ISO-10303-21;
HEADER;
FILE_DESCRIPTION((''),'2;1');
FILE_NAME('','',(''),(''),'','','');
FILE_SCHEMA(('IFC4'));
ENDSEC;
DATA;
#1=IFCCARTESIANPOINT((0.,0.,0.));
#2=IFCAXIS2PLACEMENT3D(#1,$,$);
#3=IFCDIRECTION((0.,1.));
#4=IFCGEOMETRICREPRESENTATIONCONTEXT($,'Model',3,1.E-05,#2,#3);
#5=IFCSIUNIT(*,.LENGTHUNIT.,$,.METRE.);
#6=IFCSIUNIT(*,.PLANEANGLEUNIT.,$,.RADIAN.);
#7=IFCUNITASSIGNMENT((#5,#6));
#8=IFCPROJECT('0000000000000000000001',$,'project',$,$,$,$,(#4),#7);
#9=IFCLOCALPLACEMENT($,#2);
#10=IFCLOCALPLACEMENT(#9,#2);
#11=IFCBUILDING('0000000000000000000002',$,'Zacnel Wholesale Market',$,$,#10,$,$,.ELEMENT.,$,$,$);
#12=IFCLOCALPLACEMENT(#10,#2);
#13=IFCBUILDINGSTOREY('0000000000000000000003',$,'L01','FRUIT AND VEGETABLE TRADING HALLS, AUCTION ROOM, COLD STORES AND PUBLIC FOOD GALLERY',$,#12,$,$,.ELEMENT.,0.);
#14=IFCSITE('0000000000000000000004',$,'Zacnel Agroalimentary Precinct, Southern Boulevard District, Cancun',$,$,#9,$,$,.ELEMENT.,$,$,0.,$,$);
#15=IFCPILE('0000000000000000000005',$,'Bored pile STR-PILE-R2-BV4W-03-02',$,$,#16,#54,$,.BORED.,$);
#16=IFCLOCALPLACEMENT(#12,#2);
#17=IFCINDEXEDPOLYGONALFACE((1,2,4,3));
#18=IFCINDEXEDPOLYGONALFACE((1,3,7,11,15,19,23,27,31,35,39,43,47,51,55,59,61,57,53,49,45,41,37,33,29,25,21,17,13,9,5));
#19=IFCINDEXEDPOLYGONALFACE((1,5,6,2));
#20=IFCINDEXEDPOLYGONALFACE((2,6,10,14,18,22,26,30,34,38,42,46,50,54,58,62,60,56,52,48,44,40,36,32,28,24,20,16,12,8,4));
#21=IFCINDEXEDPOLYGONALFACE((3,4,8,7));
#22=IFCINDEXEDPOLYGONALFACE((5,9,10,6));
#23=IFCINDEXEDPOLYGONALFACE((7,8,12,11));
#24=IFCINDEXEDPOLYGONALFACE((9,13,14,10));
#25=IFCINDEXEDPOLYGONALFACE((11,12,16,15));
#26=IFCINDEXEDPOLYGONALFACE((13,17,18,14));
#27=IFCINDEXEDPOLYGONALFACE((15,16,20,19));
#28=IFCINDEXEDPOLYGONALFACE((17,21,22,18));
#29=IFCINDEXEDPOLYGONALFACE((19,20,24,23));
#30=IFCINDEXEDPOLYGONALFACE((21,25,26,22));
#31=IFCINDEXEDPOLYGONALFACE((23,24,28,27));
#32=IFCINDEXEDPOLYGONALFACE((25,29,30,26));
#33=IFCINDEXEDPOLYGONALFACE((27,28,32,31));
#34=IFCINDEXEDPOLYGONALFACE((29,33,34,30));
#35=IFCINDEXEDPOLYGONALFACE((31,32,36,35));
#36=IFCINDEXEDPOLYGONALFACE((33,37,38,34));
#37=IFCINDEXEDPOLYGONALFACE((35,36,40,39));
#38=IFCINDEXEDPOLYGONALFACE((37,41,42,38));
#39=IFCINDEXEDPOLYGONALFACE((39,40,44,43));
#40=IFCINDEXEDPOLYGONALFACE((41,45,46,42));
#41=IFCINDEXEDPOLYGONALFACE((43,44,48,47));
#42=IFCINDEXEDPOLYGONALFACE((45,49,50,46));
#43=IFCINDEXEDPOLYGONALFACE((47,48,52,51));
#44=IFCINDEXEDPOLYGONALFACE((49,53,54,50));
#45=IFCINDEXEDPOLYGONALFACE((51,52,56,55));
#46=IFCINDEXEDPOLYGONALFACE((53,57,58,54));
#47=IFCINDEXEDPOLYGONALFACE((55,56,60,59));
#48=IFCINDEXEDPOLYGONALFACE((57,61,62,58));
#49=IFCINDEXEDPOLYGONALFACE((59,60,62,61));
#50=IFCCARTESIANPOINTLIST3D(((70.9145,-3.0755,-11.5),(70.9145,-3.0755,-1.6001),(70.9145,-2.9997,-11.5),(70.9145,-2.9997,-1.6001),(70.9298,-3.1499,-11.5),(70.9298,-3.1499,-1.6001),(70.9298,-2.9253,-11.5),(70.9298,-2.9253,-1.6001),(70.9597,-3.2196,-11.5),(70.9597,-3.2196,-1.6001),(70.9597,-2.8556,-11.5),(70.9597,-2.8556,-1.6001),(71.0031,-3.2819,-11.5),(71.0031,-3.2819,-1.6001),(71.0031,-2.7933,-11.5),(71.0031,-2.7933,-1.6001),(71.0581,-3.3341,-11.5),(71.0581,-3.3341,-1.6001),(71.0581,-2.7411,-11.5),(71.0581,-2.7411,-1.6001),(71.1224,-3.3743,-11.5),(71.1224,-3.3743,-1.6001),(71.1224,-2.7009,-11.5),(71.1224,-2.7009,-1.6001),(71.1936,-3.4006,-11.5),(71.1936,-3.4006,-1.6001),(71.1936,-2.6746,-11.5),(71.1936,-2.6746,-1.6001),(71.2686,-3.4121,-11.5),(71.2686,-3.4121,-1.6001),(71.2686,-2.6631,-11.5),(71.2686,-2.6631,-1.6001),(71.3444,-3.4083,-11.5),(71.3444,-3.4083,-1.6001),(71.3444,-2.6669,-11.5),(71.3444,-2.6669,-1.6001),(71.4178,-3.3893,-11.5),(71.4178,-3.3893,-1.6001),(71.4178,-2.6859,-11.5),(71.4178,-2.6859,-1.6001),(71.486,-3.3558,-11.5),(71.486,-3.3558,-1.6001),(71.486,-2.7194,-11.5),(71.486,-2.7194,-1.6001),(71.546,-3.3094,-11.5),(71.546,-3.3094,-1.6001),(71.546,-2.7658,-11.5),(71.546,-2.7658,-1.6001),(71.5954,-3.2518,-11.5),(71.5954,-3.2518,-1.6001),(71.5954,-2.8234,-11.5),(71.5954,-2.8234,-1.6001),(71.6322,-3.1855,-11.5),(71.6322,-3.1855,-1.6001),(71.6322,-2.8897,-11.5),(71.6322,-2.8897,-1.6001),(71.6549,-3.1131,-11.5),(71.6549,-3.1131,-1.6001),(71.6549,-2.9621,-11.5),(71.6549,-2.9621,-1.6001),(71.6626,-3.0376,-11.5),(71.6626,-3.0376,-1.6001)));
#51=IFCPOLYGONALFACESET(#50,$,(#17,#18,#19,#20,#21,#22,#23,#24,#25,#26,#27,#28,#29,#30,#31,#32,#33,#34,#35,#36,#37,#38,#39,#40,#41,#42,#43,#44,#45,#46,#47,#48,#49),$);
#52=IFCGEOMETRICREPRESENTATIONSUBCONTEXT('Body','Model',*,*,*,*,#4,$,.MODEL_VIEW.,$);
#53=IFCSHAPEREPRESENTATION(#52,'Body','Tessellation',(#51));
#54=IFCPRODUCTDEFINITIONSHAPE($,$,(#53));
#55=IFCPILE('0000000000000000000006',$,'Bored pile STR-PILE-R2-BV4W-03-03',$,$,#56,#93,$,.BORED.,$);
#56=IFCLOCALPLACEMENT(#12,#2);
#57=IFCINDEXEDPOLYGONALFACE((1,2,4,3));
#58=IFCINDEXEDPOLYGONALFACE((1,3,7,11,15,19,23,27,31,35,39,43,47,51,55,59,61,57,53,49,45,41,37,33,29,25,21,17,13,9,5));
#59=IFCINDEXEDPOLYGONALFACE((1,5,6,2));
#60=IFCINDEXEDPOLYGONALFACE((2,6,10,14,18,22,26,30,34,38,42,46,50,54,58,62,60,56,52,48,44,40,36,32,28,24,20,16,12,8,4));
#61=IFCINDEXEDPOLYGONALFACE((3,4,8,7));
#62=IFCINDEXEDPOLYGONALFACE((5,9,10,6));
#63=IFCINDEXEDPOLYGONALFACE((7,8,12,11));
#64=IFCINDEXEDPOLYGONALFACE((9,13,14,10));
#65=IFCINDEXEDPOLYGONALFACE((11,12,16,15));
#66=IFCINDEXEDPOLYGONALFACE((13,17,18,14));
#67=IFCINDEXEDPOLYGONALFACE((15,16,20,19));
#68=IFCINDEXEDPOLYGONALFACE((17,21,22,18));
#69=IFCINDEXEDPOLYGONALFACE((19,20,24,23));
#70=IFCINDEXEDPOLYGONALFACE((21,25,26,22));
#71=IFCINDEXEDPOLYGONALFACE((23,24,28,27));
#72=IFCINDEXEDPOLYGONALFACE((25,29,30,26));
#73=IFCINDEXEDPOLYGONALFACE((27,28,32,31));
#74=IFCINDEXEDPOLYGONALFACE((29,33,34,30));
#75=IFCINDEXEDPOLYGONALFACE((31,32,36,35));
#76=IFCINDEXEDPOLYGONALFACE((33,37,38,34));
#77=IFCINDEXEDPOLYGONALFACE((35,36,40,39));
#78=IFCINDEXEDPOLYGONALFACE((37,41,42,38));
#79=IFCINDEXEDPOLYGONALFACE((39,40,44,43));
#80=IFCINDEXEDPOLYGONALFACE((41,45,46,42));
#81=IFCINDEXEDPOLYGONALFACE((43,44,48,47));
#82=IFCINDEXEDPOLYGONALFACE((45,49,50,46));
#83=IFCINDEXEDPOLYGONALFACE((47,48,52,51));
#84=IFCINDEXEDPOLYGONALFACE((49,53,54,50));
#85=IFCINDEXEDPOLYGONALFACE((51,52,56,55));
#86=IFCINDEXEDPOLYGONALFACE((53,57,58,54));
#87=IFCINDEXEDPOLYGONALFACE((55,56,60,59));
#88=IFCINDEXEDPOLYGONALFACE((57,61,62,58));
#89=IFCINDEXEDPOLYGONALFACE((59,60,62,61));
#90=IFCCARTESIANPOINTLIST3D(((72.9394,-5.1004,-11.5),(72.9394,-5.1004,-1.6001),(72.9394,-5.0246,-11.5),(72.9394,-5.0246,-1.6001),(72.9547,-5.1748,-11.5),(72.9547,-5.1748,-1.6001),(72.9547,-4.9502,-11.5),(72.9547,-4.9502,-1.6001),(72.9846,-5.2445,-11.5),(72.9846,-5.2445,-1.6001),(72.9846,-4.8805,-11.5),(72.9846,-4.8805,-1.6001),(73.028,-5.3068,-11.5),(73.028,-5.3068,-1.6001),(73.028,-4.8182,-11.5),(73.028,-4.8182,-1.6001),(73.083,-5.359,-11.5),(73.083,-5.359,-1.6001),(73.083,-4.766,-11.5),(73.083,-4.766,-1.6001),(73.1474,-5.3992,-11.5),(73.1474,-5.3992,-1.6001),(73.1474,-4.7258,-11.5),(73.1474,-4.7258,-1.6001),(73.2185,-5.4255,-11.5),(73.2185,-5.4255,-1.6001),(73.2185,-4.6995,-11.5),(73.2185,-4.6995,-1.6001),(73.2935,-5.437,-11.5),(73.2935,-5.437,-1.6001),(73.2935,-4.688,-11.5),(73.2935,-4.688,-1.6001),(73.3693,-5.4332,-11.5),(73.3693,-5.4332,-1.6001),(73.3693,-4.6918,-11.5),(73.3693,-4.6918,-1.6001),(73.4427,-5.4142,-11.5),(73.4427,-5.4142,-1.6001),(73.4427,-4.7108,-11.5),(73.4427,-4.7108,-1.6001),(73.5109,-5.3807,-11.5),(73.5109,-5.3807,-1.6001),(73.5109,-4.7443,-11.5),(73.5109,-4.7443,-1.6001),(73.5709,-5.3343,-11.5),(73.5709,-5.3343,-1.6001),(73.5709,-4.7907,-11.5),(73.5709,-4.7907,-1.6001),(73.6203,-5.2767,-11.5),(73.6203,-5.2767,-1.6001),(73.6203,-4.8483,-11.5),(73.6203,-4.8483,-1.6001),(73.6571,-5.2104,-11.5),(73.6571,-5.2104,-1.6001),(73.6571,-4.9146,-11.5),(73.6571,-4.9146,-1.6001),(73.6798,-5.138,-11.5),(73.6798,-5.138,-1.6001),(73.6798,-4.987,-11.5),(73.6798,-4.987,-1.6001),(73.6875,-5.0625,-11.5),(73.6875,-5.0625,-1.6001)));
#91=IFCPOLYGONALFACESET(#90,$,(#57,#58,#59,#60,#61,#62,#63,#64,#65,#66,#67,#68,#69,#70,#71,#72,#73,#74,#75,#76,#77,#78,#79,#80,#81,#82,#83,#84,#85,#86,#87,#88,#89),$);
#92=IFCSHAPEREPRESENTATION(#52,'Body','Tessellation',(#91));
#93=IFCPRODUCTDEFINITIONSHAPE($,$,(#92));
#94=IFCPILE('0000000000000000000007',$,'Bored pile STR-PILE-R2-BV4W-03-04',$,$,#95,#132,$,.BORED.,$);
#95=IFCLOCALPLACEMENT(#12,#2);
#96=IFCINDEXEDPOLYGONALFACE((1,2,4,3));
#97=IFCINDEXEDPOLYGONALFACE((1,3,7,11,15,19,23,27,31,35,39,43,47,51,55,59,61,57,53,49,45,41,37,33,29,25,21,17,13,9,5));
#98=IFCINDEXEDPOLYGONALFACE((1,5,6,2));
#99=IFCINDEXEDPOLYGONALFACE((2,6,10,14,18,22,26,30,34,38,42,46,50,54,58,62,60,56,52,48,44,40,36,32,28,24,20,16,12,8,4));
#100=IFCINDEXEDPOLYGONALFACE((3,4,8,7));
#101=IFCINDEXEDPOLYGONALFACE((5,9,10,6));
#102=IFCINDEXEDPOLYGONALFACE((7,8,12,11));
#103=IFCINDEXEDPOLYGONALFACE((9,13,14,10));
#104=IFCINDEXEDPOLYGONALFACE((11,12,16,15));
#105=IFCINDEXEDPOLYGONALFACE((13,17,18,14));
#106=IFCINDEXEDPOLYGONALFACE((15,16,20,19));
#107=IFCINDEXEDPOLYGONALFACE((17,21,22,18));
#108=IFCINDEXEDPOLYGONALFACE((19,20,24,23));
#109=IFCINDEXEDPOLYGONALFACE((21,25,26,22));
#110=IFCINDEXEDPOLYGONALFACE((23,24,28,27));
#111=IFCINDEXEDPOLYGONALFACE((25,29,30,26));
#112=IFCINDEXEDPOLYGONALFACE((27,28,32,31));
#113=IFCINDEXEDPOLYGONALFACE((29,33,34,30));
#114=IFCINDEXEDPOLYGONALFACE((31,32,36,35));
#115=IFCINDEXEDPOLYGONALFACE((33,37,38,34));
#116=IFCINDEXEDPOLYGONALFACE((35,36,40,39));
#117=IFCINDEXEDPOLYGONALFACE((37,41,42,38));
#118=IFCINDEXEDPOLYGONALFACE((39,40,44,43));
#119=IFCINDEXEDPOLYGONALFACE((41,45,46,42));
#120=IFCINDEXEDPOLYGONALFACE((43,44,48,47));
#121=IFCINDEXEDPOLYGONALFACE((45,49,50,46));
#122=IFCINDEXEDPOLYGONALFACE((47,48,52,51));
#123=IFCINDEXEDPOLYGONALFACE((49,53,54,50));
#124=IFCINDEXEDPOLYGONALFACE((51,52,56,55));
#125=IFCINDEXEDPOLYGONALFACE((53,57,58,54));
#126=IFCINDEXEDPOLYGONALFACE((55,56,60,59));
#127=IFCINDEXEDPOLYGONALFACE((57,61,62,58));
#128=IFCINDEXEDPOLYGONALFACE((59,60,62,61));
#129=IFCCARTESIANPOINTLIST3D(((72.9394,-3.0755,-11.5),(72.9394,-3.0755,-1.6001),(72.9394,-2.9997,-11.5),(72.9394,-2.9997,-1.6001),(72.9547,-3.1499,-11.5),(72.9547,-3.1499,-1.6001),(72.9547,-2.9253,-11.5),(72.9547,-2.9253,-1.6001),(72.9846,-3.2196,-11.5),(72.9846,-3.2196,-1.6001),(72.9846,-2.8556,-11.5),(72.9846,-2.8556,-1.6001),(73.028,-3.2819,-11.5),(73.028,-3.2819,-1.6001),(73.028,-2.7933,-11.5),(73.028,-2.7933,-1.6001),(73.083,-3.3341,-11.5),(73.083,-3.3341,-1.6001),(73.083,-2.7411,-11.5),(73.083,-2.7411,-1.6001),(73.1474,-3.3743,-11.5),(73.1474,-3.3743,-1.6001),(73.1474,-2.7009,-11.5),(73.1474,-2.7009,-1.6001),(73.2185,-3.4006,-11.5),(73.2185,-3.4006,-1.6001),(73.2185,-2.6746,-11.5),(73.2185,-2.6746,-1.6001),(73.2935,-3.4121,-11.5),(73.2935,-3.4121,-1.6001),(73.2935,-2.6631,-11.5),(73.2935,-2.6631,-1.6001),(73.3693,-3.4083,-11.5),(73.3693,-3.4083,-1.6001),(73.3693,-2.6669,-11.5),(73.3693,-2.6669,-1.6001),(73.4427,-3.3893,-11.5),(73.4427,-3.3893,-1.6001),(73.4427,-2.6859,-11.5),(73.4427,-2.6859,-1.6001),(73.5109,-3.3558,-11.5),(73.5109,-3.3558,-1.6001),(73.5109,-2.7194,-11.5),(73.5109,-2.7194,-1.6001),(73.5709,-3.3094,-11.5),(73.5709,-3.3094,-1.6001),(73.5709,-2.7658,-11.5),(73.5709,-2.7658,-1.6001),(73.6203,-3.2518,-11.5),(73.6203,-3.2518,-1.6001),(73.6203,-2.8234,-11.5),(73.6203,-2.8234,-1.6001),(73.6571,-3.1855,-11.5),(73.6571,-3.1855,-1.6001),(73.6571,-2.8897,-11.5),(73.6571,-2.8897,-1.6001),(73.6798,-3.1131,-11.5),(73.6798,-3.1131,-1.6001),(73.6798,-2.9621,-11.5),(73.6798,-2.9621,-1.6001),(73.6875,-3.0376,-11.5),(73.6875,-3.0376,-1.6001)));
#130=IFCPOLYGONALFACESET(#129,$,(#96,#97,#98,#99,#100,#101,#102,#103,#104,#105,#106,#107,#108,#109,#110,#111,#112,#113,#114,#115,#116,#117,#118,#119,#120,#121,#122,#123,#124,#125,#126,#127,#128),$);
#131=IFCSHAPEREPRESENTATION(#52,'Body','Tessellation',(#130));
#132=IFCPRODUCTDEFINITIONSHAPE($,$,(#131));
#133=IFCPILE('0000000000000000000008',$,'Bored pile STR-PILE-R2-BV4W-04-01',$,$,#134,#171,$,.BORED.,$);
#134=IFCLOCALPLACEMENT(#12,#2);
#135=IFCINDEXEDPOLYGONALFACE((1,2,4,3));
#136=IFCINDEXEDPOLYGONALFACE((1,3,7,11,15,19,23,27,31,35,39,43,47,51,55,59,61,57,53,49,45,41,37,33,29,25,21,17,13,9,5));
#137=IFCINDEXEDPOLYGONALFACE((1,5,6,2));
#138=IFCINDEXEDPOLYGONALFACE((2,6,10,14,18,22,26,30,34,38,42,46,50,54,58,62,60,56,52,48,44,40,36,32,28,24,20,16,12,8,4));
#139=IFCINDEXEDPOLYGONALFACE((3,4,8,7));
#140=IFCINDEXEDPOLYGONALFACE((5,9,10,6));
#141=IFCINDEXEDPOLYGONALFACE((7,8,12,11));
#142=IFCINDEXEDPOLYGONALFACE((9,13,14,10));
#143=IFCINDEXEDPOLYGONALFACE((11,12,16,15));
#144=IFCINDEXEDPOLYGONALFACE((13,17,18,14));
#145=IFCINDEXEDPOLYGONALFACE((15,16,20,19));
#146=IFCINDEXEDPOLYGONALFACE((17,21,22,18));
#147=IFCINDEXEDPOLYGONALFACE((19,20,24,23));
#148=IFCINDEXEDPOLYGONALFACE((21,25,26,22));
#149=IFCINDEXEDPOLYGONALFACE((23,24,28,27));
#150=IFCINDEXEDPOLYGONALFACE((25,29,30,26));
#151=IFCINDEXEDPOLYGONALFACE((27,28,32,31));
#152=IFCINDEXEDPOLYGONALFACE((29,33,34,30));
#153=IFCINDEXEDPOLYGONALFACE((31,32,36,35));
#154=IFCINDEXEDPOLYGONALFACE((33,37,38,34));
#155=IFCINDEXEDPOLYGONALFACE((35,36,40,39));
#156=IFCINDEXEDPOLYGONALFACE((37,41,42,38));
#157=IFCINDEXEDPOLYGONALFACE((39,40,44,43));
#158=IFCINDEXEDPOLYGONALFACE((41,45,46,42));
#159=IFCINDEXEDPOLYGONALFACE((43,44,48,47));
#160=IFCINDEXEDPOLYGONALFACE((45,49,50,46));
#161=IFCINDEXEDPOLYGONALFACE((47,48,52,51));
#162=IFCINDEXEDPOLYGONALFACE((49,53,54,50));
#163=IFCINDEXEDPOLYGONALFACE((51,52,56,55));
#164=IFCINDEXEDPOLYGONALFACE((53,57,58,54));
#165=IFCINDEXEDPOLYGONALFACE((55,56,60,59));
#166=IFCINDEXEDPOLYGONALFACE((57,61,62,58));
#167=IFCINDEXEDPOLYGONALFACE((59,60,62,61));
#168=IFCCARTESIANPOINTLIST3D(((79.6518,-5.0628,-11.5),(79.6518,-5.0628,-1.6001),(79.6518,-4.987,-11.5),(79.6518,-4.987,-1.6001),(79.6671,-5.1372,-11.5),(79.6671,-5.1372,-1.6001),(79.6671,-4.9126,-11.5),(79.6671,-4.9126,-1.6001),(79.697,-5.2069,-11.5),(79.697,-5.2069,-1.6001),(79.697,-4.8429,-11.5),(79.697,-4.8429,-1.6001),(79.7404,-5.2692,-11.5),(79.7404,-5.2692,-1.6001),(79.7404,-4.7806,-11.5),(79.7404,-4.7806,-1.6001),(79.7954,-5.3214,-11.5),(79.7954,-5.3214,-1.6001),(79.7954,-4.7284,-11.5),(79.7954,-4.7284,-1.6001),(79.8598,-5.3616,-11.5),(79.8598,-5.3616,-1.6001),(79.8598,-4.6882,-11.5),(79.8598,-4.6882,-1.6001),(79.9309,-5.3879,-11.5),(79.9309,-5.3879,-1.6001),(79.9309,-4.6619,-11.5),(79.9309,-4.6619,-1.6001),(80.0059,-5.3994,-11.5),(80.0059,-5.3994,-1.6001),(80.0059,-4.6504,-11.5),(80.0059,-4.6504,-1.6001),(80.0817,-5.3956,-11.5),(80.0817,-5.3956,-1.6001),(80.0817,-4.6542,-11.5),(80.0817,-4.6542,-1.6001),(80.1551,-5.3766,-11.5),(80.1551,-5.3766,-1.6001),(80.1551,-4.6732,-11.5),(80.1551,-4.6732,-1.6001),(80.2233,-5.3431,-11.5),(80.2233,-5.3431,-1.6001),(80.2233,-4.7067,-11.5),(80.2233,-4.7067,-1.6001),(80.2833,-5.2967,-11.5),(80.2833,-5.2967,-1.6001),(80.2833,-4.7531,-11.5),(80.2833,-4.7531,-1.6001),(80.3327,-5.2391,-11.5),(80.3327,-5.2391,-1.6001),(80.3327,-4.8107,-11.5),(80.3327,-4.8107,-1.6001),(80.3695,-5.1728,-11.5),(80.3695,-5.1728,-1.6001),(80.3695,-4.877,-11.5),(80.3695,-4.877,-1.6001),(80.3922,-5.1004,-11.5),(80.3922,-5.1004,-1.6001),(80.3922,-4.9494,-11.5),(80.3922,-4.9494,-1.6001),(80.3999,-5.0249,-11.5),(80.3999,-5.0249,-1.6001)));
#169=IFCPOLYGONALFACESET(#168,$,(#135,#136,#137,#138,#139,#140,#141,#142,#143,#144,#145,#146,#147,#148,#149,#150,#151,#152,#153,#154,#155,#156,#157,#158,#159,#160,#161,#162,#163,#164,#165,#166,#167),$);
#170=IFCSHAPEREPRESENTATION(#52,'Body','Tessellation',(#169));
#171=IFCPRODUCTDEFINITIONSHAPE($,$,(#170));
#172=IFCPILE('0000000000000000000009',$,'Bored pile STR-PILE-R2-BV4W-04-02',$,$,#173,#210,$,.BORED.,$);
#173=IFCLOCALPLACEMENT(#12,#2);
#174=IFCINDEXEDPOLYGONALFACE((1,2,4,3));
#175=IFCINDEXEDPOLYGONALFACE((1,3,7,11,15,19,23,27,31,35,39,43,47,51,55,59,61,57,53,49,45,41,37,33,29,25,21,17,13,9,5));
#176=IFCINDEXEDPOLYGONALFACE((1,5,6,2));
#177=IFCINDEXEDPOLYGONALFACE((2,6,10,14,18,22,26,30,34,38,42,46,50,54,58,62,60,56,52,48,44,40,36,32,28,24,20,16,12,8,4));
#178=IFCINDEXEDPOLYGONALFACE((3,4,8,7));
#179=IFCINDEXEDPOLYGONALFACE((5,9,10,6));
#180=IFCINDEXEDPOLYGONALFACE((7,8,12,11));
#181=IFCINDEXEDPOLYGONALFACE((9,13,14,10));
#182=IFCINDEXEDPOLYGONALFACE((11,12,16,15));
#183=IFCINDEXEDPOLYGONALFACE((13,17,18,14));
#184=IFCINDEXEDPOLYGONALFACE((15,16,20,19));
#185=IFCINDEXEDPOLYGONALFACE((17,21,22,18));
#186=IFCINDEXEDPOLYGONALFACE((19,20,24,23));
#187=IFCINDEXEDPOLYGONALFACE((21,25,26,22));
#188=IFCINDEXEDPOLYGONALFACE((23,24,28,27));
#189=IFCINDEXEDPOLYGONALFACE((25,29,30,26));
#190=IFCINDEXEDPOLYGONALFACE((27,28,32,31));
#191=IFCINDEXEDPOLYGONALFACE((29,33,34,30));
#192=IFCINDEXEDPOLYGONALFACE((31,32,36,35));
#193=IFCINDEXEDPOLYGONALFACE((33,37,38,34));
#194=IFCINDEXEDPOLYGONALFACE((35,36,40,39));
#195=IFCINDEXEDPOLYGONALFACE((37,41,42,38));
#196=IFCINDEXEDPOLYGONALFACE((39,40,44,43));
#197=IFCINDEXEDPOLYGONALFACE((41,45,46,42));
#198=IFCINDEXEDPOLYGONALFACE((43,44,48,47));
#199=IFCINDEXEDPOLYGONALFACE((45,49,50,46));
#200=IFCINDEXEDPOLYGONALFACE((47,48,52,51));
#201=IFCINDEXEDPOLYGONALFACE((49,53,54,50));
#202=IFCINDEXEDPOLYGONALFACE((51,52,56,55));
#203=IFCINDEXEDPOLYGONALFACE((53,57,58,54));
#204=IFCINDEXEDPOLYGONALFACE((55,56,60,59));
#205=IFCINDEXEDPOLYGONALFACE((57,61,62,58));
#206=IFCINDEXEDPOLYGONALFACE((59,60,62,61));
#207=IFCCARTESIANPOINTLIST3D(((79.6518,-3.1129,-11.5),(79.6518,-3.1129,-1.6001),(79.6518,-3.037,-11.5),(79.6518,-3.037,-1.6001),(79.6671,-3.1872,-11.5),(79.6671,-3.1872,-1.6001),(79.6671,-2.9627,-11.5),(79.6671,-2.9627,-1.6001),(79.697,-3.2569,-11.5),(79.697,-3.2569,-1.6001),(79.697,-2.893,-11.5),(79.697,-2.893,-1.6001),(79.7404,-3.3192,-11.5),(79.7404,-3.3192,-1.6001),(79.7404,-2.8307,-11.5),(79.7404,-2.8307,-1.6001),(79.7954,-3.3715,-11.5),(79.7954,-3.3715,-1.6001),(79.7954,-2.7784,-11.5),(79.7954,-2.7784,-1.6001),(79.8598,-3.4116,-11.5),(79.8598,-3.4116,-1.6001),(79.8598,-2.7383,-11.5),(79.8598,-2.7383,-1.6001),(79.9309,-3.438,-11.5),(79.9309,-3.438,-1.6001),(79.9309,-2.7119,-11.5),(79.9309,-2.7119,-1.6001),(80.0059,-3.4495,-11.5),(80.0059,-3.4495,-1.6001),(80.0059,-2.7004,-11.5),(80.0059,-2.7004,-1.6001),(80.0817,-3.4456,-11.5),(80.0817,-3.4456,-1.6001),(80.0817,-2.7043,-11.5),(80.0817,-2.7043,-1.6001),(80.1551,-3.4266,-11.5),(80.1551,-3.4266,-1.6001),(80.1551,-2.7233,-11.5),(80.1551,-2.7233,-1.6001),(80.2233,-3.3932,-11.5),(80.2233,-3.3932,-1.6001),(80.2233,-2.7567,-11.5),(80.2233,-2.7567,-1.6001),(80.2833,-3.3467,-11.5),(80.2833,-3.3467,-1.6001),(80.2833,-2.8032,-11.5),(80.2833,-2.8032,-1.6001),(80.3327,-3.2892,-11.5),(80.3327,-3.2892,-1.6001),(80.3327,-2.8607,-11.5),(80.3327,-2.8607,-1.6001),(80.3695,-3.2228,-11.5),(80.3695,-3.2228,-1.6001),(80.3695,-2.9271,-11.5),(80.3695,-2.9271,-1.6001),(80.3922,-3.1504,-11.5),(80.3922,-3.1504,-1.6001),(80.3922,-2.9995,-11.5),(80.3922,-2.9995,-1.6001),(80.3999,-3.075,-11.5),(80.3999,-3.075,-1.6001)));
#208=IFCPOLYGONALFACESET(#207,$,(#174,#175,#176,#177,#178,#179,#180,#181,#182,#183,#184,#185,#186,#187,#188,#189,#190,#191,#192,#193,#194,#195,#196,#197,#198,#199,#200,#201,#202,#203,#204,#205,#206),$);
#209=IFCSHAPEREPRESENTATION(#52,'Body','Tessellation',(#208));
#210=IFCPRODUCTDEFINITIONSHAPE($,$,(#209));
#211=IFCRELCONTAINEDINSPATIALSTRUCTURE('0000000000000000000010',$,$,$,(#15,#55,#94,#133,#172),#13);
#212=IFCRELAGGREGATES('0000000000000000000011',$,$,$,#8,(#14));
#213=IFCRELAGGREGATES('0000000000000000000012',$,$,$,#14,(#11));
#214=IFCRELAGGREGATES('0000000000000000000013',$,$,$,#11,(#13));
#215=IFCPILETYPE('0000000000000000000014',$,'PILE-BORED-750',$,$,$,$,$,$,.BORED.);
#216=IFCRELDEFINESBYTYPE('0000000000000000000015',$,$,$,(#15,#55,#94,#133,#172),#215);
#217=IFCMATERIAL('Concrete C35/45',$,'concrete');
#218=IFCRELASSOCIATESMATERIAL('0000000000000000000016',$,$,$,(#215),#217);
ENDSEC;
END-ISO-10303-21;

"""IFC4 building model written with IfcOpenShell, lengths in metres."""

from ifc_helpers import new_model, si_unit, direction, frame, origin, origin_2d, place, context, subcontext, project, spatial, circle, extrude, material, material_profile, profile_set, type_object, element, save


model = new_model("IFC4")

# Units and contexts
model_context = context("Model", 3, precision=1e-05, world=origin(), true_north=direction((0.0, 1.0)))
body_context = subcontext(model_context, "Body", "Model", "MODEL_VIEW")
ifc_project = project(units=[si_unit("LENGTHUNIT", "METRE"), si_unit("PLANEANGLEUNIT", "RADIAN")], contexts=[model_context])

# Site, building, storey
site_placement = place(None, origin())
site = spatial("IfcSite", under=ifc_project, at=site_placement, Name="Zacnel Agroalimentary Precinct, Southern Boulevard District, Cancun", CompositionType="ELEMENT", RefElevation=0.0)
building_placement = place(site_placement, origin())
building = spatial("IfcBuilding", under=site, at=building_placement, Name="Zacnel Wholesale Market", CompositionType="ELEMENT")
storey_placement = place(building_placement, origin())
storey = spatial("IfcBuildingStorey", under=building, at=storey_placement, Name="L01", Description="FRUIT AND VEGETABLE TRADING HALLS, AUCTION ROOM, COLD STORES AND PUBLIC FOOD GALLERY", CompositionType="ELEMENT", Elevation=0.0)

# Piles
ifc_material_1 = material(Name="Concrete C35/45", Category="concrete")
ifc_material_profile_1 = material_profile(ifc_material_1, circle(Radius=0.375, at=origin_2d()), Name="BORED PILE D750")
ifc_profile_set_1 = profile_set([ifc_material_profile_1], Name="Concrete C35/45")
pile_type_1 = type_object("IfcPileType", Name="PILE-BORED-750", PredefinedType="BORED", material=ifc_profile_set_1)
for number, where, z_axis, x_axis, name in (
    (1, (71.2876, -3.0376, -1.6001), (0.0, 0.0, -1.0), (1.0, 0.0, 0.0), "Bored pile STR-PILE-R2-BV4W-03-02"),
    (2, (73.3125, -5.0625, -1.6001), (0.0, 0.0, -1.0), (1.0, 0.0, 0.0), "Bored pile STR-PILE-R2-BV4W-03-03"),
    (3, (73.3125, -3.0376, -1.6001), (0.0, 0.0, -1.0), (1.0, 0.0, 0.0), "Bored pile STR-PILE-R2-BV4W-03-04"),
    (4, (80.0249, -5.0249, -1.6001), (0.0, 0.0, -1.0), (1.0, 0.0, 0.0), "Bored pile STR-PILE-R2-BV4W-04-01"),
    (5, (80.0249, -3.075, -1.6001), (0.0, 0.0, -1.0), (1.0, 0.0, 0.0), "Bored pile STR-PILE-R2-BV4W-04-02"),
):
    element("IfcPile", number, at=place(storey_placement, frame(where, z_axis=z_axis, x_axis=x_axis)), inside=storey, type_object=pile_type_1, Name=name, PredefinedType="BORED", context=body_context, shape_type="SweptSolid", body=[
        extrude(circle(Radius=0.375, at=origin_2d()), origin(), (0.0, 0.0, 1.0), 9.8999),
    ])

save(model, "model.ifc")
